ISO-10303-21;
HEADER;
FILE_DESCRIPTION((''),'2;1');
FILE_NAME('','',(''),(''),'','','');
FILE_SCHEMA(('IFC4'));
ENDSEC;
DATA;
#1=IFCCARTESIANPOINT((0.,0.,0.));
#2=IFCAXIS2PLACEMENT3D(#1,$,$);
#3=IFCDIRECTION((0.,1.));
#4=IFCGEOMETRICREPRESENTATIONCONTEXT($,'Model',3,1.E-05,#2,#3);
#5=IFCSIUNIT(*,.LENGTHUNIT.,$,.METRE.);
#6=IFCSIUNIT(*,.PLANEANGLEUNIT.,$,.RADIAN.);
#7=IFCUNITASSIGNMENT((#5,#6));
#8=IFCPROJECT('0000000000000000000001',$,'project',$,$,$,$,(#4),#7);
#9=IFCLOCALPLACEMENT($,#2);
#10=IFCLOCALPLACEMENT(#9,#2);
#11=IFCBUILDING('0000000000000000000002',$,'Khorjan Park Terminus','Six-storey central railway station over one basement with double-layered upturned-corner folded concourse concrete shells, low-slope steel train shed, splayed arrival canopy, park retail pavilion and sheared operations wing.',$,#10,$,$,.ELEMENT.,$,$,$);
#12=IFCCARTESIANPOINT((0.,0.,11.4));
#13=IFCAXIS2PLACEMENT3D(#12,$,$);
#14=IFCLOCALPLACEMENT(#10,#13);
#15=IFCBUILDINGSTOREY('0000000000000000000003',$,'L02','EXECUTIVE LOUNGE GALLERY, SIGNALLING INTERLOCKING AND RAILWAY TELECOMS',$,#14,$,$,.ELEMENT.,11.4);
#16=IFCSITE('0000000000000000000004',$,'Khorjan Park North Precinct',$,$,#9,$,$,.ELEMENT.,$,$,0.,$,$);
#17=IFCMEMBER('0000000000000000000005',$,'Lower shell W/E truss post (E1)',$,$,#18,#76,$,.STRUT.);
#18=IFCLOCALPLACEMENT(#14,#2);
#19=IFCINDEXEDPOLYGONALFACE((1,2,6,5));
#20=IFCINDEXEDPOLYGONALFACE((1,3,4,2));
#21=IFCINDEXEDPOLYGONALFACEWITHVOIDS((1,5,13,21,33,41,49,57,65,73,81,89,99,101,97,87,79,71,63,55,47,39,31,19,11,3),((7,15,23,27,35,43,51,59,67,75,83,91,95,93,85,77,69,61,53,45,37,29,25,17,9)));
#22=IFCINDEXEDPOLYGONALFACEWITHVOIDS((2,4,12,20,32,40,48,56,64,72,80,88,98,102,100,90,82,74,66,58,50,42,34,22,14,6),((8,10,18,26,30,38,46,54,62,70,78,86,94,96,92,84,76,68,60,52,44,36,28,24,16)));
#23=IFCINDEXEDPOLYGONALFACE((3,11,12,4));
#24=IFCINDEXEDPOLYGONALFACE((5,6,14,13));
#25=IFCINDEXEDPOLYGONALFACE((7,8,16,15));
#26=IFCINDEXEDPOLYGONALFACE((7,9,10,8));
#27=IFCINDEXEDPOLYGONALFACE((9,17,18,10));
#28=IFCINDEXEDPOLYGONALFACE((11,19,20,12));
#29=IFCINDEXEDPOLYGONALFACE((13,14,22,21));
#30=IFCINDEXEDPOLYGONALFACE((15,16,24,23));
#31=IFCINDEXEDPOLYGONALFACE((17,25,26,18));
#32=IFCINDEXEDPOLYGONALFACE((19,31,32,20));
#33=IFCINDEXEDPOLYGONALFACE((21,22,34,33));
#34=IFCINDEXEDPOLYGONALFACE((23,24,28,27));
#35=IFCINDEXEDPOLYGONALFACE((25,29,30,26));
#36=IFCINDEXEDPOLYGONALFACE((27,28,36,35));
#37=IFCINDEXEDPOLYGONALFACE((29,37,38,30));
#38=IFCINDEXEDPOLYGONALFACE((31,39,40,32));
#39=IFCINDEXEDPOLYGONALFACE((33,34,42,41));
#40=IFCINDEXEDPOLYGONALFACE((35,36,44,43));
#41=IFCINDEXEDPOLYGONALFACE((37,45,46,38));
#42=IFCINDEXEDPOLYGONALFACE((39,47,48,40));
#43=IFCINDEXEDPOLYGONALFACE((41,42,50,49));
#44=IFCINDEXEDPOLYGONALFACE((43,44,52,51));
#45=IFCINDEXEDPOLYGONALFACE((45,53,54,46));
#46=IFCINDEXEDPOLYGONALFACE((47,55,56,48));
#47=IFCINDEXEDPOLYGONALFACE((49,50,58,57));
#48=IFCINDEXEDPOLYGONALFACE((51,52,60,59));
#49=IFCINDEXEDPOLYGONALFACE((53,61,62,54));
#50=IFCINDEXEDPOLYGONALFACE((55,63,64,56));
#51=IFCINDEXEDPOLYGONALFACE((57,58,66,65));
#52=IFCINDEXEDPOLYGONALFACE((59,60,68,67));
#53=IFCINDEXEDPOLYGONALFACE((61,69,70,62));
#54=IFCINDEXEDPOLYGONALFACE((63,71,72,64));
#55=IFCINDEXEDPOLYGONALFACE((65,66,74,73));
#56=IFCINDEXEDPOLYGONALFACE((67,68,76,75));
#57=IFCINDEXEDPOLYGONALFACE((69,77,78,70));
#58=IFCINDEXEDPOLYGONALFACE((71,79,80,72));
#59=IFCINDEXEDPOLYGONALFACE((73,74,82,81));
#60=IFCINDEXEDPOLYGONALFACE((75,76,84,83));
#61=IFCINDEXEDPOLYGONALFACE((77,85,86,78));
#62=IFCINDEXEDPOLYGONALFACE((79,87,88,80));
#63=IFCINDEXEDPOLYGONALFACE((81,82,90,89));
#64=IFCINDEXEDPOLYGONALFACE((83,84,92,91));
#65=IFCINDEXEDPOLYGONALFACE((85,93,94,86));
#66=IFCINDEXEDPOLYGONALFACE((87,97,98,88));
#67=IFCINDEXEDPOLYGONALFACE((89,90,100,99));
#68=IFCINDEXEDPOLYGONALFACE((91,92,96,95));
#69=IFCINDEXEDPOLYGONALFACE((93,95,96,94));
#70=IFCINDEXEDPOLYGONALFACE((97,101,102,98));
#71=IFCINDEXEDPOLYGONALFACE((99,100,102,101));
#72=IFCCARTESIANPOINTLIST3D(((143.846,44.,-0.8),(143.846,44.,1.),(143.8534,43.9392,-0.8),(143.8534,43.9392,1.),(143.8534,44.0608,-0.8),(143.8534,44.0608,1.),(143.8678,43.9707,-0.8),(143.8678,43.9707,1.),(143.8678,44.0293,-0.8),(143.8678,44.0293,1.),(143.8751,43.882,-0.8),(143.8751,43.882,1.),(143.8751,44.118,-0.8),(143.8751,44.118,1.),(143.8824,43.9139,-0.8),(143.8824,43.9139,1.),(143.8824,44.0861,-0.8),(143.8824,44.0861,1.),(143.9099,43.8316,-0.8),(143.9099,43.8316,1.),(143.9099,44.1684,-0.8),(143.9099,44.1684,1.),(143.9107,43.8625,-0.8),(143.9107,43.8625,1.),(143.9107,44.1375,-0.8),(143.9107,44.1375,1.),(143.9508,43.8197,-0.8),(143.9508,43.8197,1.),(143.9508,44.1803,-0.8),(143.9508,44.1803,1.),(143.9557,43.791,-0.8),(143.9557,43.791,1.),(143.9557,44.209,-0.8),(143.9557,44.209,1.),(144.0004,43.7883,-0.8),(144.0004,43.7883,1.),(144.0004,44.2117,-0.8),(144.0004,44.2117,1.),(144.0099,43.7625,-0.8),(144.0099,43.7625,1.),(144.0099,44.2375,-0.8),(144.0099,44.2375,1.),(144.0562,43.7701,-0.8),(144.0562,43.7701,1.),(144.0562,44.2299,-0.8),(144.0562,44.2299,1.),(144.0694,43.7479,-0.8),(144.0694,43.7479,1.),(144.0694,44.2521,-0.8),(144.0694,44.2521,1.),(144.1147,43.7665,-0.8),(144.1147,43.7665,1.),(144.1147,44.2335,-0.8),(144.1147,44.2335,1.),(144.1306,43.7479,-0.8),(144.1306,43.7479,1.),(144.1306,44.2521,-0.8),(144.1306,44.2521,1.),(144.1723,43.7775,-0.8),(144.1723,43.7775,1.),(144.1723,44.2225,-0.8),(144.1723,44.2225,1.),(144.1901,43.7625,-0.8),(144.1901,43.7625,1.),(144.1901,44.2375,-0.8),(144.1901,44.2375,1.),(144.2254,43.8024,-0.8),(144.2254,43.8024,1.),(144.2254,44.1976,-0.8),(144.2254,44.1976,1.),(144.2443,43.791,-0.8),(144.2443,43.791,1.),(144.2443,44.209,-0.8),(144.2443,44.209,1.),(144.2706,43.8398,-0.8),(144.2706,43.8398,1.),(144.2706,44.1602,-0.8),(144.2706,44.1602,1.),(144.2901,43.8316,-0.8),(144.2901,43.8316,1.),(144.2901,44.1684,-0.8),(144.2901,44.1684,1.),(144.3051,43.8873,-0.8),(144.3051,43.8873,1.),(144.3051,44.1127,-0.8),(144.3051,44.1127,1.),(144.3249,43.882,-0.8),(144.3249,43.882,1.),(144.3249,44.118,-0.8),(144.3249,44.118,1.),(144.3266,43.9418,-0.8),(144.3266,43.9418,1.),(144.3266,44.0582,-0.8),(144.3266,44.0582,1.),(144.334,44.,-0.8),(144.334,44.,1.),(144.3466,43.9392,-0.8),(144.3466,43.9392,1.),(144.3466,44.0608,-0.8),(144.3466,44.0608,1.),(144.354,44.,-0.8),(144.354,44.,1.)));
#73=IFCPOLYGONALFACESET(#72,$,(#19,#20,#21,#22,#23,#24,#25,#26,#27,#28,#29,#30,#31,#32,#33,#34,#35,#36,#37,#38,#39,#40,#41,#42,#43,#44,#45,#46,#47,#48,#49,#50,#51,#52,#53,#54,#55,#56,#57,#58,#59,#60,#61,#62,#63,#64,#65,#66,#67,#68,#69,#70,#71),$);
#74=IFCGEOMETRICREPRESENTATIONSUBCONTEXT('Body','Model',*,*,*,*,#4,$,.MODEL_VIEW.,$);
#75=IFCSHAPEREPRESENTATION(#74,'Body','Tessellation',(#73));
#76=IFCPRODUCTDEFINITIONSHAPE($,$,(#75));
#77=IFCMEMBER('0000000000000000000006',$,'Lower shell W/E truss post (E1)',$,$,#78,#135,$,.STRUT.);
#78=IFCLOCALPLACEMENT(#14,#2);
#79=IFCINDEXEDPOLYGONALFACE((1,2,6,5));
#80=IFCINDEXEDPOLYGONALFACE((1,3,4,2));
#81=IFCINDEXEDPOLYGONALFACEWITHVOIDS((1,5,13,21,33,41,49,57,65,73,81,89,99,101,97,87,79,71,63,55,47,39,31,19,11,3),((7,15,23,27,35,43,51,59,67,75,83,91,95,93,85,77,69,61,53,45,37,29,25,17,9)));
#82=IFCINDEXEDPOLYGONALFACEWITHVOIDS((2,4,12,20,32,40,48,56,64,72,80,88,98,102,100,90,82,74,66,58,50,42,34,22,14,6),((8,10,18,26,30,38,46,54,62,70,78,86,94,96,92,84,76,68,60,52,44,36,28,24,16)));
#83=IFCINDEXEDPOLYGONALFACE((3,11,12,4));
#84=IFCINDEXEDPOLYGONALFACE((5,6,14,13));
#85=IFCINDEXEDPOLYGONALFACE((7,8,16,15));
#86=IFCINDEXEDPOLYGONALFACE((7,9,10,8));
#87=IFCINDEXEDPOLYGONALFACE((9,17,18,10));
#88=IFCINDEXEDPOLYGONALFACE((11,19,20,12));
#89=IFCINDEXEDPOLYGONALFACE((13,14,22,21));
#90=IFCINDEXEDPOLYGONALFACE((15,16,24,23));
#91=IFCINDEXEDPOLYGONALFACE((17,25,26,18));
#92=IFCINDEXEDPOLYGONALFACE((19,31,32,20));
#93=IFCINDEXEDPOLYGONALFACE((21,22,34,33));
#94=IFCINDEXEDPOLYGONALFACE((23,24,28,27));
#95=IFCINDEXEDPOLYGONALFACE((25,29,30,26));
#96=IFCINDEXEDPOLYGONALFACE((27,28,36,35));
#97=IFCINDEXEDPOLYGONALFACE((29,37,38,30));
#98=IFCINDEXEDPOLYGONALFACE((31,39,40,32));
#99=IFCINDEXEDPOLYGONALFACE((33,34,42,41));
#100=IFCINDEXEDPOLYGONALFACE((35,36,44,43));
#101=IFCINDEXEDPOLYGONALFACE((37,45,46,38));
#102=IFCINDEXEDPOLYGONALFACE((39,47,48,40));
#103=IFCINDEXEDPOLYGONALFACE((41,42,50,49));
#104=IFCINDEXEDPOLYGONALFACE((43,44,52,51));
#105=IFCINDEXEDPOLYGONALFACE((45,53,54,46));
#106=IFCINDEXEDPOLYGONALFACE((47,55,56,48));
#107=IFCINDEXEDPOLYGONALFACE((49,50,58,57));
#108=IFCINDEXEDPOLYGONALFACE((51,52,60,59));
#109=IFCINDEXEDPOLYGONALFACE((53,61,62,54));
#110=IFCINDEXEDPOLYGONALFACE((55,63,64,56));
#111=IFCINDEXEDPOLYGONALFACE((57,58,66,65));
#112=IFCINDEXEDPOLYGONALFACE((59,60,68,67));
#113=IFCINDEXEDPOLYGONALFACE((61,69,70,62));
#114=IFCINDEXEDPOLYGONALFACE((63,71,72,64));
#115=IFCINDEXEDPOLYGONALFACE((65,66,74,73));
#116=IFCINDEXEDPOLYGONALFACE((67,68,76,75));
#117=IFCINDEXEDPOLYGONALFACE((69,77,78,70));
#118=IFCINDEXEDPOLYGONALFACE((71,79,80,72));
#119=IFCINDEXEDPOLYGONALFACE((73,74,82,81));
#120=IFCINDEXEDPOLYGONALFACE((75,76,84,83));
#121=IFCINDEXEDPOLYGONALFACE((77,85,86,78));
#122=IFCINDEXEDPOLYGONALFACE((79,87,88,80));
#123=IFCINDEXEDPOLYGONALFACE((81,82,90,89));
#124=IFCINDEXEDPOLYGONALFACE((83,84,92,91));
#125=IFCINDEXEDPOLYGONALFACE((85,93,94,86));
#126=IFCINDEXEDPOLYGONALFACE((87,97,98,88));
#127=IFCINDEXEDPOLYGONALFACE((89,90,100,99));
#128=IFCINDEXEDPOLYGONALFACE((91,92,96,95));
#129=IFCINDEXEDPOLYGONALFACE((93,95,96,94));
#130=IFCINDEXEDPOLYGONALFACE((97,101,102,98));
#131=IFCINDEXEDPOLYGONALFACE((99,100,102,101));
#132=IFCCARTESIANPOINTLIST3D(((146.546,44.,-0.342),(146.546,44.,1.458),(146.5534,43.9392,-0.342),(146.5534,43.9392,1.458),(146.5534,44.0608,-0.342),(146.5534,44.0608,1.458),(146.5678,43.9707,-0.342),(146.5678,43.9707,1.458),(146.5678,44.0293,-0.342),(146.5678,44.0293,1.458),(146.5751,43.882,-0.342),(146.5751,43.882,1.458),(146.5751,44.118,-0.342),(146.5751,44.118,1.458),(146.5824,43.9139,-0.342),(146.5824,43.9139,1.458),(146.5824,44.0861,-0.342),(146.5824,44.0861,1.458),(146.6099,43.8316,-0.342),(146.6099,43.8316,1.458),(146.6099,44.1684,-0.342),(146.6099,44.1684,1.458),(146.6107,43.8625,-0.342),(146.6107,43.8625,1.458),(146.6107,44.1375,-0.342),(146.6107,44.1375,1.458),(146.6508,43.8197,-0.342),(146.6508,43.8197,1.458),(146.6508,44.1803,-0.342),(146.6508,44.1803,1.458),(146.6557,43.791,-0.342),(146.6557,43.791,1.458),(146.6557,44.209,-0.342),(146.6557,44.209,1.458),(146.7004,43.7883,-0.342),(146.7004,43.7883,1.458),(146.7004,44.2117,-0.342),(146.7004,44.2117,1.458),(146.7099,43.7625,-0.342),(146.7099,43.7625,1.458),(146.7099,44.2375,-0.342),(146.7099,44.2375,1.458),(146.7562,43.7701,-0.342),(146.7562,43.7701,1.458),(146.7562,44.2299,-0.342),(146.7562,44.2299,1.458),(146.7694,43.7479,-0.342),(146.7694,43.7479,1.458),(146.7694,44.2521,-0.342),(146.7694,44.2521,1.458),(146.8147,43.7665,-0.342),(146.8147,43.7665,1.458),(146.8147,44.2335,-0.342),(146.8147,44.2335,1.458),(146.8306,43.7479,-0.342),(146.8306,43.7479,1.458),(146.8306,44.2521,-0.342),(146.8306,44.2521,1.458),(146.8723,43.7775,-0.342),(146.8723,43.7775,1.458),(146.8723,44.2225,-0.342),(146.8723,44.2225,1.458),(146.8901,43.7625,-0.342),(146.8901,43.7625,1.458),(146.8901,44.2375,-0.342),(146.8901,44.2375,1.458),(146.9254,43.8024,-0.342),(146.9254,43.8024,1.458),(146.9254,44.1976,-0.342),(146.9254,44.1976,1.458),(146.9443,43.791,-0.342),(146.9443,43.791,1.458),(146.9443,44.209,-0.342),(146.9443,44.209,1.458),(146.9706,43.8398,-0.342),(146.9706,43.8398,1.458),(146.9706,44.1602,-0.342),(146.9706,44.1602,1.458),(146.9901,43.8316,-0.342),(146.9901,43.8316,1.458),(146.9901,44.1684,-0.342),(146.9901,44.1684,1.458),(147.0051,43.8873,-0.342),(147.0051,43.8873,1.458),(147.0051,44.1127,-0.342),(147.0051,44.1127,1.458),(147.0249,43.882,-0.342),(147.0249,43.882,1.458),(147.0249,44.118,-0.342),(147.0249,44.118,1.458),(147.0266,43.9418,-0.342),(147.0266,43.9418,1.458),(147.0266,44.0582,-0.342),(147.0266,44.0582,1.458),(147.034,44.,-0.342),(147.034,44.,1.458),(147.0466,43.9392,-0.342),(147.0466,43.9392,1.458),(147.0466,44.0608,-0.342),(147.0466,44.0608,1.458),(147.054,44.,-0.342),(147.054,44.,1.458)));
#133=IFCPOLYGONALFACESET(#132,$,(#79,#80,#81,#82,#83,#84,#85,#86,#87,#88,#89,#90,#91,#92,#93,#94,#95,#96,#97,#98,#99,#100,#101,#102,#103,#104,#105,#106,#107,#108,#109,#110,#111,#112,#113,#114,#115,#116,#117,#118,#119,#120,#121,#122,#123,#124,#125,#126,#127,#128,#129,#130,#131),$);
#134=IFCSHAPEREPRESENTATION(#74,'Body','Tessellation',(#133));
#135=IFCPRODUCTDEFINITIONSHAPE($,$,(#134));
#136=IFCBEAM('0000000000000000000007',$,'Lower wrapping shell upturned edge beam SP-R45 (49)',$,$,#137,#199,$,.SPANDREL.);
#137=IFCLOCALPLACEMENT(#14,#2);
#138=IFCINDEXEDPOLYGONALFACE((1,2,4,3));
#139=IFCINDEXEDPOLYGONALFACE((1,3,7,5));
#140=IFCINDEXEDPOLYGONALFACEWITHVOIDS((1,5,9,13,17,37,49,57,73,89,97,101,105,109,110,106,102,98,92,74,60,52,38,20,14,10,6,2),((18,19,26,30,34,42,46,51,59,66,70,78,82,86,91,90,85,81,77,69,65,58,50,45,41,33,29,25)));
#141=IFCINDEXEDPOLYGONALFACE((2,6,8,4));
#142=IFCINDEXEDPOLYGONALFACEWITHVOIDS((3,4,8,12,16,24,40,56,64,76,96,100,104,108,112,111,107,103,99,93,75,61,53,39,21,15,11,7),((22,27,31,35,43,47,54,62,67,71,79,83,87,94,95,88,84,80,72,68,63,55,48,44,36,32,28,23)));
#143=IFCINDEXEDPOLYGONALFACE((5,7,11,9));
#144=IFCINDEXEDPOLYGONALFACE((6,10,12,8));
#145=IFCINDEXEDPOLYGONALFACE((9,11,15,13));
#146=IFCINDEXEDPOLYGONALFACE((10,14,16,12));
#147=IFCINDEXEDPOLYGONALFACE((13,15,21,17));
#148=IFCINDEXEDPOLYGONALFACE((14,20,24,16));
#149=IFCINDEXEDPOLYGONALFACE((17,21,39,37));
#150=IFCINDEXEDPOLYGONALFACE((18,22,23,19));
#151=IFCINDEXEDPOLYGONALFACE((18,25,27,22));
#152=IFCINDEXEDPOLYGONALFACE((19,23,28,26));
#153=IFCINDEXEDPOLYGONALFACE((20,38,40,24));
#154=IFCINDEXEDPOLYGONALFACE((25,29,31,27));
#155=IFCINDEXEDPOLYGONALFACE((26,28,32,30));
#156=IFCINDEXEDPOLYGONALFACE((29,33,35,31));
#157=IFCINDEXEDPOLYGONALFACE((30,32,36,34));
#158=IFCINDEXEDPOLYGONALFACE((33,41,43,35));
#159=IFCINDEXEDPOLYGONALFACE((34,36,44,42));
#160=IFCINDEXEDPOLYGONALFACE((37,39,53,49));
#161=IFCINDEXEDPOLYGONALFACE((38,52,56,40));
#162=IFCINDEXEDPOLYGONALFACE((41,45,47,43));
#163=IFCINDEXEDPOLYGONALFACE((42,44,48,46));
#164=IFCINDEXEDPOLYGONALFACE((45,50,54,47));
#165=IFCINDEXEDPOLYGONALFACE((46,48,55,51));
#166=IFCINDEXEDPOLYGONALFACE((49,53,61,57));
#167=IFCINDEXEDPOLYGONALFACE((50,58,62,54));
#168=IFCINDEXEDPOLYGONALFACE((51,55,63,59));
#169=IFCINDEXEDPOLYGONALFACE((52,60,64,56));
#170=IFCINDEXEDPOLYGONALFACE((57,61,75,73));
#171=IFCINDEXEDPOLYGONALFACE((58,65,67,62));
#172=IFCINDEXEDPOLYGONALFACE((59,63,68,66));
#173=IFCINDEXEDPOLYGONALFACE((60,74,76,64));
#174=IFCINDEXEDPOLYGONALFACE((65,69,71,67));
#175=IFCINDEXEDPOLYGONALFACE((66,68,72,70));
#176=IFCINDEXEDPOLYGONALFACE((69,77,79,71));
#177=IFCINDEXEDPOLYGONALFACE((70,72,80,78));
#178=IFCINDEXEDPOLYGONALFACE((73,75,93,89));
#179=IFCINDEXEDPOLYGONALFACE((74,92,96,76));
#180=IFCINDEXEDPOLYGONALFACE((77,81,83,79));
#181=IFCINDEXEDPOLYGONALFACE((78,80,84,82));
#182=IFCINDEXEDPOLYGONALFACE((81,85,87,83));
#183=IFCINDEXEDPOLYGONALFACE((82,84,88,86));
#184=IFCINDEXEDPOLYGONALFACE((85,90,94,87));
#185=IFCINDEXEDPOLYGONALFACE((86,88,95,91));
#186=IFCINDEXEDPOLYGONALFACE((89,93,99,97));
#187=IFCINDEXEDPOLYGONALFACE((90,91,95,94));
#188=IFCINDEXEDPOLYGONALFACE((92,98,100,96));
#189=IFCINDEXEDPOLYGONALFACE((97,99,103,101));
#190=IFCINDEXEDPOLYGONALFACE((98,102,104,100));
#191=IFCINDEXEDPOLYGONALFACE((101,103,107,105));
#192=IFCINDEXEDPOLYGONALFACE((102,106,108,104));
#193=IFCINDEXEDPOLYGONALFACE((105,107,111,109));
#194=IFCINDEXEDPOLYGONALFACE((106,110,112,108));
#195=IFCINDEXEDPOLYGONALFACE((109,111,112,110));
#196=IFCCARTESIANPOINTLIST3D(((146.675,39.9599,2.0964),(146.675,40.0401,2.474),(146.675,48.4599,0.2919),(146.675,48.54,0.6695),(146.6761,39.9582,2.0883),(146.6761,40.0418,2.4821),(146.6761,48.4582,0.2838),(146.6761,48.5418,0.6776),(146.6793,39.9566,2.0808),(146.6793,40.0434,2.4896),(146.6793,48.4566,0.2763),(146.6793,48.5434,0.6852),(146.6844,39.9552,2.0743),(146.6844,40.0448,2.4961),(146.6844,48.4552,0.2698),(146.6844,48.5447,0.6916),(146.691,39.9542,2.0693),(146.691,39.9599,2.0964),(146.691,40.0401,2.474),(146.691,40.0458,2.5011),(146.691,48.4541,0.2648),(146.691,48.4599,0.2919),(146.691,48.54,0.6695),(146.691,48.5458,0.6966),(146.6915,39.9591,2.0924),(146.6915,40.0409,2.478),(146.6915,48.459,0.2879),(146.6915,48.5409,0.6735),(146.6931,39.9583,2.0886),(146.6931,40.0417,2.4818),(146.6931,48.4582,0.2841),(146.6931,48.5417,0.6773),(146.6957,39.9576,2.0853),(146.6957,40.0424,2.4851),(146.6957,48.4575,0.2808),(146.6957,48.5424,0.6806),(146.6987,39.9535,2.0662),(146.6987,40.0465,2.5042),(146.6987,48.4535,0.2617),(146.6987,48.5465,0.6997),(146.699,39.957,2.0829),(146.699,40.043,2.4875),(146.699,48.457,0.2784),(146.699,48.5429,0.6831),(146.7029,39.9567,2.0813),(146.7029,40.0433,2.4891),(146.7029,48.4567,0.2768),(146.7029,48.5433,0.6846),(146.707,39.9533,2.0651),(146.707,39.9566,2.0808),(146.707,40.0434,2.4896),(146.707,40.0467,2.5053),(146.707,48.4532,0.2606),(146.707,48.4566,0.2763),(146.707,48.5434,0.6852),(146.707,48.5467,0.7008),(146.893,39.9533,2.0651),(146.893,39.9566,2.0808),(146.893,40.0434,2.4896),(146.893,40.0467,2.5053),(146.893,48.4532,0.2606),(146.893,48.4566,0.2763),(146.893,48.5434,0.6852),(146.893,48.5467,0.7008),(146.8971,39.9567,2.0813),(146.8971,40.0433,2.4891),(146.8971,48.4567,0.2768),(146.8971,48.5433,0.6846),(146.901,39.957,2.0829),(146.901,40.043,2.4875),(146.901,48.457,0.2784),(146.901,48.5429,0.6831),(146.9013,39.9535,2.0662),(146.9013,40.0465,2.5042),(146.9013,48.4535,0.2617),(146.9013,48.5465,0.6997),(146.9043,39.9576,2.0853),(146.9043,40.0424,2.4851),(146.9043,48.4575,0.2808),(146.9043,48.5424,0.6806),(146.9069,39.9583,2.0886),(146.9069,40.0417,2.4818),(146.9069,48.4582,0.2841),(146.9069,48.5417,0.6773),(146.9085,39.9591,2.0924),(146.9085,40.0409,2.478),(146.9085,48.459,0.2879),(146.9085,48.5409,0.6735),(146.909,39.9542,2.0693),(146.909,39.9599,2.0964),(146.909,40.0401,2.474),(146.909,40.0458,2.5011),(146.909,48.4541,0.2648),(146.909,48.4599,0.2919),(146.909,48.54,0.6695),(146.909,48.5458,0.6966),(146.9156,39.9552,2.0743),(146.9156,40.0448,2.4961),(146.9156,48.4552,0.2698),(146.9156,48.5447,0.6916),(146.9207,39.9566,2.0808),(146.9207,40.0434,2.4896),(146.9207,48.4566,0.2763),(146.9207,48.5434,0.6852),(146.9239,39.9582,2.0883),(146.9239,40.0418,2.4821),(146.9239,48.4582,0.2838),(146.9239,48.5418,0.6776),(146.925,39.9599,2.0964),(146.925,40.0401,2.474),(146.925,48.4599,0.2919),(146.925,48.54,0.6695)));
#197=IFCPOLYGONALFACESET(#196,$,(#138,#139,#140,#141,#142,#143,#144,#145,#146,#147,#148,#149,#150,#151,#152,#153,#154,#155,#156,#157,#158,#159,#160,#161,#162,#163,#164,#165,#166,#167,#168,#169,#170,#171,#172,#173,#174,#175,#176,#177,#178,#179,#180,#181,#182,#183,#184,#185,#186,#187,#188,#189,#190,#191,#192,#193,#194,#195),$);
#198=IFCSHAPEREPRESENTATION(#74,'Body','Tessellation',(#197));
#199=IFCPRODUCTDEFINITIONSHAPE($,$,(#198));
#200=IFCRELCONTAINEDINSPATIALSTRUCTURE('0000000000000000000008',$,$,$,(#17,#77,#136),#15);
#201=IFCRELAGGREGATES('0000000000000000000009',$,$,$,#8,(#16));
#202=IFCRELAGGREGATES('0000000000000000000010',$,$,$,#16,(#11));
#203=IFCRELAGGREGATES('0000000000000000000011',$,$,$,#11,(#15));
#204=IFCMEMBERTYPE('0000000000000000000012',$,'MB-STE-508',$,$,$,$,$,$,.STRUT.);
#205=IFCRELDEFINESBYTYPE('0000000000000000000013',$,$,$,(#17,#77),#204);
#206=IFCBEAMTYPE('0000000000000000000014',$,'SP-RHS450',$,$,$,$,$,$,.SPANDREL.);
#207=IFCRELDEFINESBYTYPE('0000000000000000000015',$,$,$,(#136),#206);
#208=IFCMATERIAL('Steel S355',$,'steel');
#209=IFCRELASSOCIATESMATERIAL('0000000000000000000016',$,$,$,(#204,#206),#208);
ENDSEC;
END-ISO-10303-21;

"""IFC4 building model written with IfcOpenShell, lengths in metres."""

from ifc_helpers import new_model, si_unit, direction, frame, origin, origin_2d, place, context, subcontext, project, spatial, hollow_rectangle, hollow_circle, extrude, material, material_profile, profile_set, type_object, element, save


model = new_model("IFC4")

# Units and contexts
model_context = context("Model", 3, precision=1e-05, world=origin(), true_north=direction((0.0, 1.0)))
body_context = subcontext(model_context, "Body", "Model", "MODEL_VIEW")
ifc_project = project(units=[si_unit("LENGTHUNIT", "METRE"), si_unit("PLANEANGLEUNIT", "RADIAN")], contexts=[model_context])

# Site, building, storey
site_placement = place(None, origin())
site = spatial("IfcSite", under=ifc_project, at=site_placement, Name="Khorjan Park North Precinct", CompositionType="ELEMENT", RefElevation=0.0)
building_placement = place(site_placement, origin())
building = spatial("IfcBuilding", under=site, at=building_placement, Name="Khorjan Park Terminus", Description="Six-storey central railway station over one basement with double-layered upturned-corner folded concourse concrete shells, low-slope steel train shed, splayed arrival canopy, park retail pavilion and sheared operations wing.", CompositionType="ELEMENT")
storey_placement = place(building_placement, frame((0.0, 0.0, 11.4)))
storey = spatial("IfcBuildingStorey", under=building, at=storey_placement, Name="L02", Description="EXECUTIVE LOUNGE GALLERY, SIGNALLING INTERLOCKING AND RAILWAY TELECOMS", CompositionType="ELEMENT", Elevation=11.4)

# Shared definitions
ifc_material_1 = material(Name="Steel S355", Category="steel")

# Members
ifc_material_profile_1 = material_profile(ifc_material_1, hollow_circle(Radius=0.254, WallThickness=0.02, at=origin_2d()), Name="CHS 508x20")
ifc_profile_set_1 = profile_set([ifc_material_profile_1], Name="Steel S355")
member_type_1 = type_object("IfcMemberType", Name="MB-STE-508", PredefinedType="STRUT", material=ifc_profile_set_1)
for number, where, z_axis, x_axis, name in (
    (1, (144.1, 44.0, -0.8), (0.0, 0.0, 1.0), (1.0, 0.0, 0.0), "Lower shell W/E truss post (E1)"),
    (2, (146.8, 44.0, -0.342), (0.0, 0.0, 1.0), (1.0, 0.0, 0.0), "Lower shell W/E truss post (E1)"),
):
    element("IfcMember", number, at=place(storey_placement, frame(where, z_axis=z_axis, x_axis=x_axis)), inside=storey, type_object=member_type_1, Name=name, PredefinedType="STRUT", context=body_context, shape_type="SweptSolid", body=[
        extrude(hollow_circle(Radius=0.254, WallThickness=0.02, at=origin_2d()), origin(), (0.0, 0.0, 1.0), 1.8),
    ])

# Beam
ifc_material_profile_2 = material_profile(ifc_material_1, hollow_rectangle(XDim=0.25, YDim=0.45, WallThickness=0.016, InnerFilletRadius=0.016, OuterFilletRadius=0.032, at=origin_2d()), Name="RHS 450x250x16")
ifc_profile_set_2 = profile_set([ifc_material_profile_2], Name="Steel S355")
beam_type_1 = type_object("IfcBeamType", Name="SP-RHS450", PredefinedType="SPANDREL", material=ifc_profile_set_2)
beam_1_placement = place(storey_placement, frame((146.8, 40.0, 2.2852), z_axis=(0.0, 0.9782, -0.207666), x_axis=(-1.0, 0.0, 0.0)))
element("IfcBeam", 3, at=beam_1_placement, inside=storey, type_object=beam_type_1, Name="Lower wrapping shell upturned edge beam SP-R45 (49)", PredefinedType="SPANDREL", context=body_context, shape_type="SweptSolid", body=[
    extrude(hollow_rectangle(XDim=0.25, YDim=0.45, WallThickness=0.016, InnerFilletRadius=0.016, OuterFilletRadius=0.032, at=origin_2d()), origin(), (0.0, 0.0, 1.0), 8.6894),
])

save(model, "model.ifc")
